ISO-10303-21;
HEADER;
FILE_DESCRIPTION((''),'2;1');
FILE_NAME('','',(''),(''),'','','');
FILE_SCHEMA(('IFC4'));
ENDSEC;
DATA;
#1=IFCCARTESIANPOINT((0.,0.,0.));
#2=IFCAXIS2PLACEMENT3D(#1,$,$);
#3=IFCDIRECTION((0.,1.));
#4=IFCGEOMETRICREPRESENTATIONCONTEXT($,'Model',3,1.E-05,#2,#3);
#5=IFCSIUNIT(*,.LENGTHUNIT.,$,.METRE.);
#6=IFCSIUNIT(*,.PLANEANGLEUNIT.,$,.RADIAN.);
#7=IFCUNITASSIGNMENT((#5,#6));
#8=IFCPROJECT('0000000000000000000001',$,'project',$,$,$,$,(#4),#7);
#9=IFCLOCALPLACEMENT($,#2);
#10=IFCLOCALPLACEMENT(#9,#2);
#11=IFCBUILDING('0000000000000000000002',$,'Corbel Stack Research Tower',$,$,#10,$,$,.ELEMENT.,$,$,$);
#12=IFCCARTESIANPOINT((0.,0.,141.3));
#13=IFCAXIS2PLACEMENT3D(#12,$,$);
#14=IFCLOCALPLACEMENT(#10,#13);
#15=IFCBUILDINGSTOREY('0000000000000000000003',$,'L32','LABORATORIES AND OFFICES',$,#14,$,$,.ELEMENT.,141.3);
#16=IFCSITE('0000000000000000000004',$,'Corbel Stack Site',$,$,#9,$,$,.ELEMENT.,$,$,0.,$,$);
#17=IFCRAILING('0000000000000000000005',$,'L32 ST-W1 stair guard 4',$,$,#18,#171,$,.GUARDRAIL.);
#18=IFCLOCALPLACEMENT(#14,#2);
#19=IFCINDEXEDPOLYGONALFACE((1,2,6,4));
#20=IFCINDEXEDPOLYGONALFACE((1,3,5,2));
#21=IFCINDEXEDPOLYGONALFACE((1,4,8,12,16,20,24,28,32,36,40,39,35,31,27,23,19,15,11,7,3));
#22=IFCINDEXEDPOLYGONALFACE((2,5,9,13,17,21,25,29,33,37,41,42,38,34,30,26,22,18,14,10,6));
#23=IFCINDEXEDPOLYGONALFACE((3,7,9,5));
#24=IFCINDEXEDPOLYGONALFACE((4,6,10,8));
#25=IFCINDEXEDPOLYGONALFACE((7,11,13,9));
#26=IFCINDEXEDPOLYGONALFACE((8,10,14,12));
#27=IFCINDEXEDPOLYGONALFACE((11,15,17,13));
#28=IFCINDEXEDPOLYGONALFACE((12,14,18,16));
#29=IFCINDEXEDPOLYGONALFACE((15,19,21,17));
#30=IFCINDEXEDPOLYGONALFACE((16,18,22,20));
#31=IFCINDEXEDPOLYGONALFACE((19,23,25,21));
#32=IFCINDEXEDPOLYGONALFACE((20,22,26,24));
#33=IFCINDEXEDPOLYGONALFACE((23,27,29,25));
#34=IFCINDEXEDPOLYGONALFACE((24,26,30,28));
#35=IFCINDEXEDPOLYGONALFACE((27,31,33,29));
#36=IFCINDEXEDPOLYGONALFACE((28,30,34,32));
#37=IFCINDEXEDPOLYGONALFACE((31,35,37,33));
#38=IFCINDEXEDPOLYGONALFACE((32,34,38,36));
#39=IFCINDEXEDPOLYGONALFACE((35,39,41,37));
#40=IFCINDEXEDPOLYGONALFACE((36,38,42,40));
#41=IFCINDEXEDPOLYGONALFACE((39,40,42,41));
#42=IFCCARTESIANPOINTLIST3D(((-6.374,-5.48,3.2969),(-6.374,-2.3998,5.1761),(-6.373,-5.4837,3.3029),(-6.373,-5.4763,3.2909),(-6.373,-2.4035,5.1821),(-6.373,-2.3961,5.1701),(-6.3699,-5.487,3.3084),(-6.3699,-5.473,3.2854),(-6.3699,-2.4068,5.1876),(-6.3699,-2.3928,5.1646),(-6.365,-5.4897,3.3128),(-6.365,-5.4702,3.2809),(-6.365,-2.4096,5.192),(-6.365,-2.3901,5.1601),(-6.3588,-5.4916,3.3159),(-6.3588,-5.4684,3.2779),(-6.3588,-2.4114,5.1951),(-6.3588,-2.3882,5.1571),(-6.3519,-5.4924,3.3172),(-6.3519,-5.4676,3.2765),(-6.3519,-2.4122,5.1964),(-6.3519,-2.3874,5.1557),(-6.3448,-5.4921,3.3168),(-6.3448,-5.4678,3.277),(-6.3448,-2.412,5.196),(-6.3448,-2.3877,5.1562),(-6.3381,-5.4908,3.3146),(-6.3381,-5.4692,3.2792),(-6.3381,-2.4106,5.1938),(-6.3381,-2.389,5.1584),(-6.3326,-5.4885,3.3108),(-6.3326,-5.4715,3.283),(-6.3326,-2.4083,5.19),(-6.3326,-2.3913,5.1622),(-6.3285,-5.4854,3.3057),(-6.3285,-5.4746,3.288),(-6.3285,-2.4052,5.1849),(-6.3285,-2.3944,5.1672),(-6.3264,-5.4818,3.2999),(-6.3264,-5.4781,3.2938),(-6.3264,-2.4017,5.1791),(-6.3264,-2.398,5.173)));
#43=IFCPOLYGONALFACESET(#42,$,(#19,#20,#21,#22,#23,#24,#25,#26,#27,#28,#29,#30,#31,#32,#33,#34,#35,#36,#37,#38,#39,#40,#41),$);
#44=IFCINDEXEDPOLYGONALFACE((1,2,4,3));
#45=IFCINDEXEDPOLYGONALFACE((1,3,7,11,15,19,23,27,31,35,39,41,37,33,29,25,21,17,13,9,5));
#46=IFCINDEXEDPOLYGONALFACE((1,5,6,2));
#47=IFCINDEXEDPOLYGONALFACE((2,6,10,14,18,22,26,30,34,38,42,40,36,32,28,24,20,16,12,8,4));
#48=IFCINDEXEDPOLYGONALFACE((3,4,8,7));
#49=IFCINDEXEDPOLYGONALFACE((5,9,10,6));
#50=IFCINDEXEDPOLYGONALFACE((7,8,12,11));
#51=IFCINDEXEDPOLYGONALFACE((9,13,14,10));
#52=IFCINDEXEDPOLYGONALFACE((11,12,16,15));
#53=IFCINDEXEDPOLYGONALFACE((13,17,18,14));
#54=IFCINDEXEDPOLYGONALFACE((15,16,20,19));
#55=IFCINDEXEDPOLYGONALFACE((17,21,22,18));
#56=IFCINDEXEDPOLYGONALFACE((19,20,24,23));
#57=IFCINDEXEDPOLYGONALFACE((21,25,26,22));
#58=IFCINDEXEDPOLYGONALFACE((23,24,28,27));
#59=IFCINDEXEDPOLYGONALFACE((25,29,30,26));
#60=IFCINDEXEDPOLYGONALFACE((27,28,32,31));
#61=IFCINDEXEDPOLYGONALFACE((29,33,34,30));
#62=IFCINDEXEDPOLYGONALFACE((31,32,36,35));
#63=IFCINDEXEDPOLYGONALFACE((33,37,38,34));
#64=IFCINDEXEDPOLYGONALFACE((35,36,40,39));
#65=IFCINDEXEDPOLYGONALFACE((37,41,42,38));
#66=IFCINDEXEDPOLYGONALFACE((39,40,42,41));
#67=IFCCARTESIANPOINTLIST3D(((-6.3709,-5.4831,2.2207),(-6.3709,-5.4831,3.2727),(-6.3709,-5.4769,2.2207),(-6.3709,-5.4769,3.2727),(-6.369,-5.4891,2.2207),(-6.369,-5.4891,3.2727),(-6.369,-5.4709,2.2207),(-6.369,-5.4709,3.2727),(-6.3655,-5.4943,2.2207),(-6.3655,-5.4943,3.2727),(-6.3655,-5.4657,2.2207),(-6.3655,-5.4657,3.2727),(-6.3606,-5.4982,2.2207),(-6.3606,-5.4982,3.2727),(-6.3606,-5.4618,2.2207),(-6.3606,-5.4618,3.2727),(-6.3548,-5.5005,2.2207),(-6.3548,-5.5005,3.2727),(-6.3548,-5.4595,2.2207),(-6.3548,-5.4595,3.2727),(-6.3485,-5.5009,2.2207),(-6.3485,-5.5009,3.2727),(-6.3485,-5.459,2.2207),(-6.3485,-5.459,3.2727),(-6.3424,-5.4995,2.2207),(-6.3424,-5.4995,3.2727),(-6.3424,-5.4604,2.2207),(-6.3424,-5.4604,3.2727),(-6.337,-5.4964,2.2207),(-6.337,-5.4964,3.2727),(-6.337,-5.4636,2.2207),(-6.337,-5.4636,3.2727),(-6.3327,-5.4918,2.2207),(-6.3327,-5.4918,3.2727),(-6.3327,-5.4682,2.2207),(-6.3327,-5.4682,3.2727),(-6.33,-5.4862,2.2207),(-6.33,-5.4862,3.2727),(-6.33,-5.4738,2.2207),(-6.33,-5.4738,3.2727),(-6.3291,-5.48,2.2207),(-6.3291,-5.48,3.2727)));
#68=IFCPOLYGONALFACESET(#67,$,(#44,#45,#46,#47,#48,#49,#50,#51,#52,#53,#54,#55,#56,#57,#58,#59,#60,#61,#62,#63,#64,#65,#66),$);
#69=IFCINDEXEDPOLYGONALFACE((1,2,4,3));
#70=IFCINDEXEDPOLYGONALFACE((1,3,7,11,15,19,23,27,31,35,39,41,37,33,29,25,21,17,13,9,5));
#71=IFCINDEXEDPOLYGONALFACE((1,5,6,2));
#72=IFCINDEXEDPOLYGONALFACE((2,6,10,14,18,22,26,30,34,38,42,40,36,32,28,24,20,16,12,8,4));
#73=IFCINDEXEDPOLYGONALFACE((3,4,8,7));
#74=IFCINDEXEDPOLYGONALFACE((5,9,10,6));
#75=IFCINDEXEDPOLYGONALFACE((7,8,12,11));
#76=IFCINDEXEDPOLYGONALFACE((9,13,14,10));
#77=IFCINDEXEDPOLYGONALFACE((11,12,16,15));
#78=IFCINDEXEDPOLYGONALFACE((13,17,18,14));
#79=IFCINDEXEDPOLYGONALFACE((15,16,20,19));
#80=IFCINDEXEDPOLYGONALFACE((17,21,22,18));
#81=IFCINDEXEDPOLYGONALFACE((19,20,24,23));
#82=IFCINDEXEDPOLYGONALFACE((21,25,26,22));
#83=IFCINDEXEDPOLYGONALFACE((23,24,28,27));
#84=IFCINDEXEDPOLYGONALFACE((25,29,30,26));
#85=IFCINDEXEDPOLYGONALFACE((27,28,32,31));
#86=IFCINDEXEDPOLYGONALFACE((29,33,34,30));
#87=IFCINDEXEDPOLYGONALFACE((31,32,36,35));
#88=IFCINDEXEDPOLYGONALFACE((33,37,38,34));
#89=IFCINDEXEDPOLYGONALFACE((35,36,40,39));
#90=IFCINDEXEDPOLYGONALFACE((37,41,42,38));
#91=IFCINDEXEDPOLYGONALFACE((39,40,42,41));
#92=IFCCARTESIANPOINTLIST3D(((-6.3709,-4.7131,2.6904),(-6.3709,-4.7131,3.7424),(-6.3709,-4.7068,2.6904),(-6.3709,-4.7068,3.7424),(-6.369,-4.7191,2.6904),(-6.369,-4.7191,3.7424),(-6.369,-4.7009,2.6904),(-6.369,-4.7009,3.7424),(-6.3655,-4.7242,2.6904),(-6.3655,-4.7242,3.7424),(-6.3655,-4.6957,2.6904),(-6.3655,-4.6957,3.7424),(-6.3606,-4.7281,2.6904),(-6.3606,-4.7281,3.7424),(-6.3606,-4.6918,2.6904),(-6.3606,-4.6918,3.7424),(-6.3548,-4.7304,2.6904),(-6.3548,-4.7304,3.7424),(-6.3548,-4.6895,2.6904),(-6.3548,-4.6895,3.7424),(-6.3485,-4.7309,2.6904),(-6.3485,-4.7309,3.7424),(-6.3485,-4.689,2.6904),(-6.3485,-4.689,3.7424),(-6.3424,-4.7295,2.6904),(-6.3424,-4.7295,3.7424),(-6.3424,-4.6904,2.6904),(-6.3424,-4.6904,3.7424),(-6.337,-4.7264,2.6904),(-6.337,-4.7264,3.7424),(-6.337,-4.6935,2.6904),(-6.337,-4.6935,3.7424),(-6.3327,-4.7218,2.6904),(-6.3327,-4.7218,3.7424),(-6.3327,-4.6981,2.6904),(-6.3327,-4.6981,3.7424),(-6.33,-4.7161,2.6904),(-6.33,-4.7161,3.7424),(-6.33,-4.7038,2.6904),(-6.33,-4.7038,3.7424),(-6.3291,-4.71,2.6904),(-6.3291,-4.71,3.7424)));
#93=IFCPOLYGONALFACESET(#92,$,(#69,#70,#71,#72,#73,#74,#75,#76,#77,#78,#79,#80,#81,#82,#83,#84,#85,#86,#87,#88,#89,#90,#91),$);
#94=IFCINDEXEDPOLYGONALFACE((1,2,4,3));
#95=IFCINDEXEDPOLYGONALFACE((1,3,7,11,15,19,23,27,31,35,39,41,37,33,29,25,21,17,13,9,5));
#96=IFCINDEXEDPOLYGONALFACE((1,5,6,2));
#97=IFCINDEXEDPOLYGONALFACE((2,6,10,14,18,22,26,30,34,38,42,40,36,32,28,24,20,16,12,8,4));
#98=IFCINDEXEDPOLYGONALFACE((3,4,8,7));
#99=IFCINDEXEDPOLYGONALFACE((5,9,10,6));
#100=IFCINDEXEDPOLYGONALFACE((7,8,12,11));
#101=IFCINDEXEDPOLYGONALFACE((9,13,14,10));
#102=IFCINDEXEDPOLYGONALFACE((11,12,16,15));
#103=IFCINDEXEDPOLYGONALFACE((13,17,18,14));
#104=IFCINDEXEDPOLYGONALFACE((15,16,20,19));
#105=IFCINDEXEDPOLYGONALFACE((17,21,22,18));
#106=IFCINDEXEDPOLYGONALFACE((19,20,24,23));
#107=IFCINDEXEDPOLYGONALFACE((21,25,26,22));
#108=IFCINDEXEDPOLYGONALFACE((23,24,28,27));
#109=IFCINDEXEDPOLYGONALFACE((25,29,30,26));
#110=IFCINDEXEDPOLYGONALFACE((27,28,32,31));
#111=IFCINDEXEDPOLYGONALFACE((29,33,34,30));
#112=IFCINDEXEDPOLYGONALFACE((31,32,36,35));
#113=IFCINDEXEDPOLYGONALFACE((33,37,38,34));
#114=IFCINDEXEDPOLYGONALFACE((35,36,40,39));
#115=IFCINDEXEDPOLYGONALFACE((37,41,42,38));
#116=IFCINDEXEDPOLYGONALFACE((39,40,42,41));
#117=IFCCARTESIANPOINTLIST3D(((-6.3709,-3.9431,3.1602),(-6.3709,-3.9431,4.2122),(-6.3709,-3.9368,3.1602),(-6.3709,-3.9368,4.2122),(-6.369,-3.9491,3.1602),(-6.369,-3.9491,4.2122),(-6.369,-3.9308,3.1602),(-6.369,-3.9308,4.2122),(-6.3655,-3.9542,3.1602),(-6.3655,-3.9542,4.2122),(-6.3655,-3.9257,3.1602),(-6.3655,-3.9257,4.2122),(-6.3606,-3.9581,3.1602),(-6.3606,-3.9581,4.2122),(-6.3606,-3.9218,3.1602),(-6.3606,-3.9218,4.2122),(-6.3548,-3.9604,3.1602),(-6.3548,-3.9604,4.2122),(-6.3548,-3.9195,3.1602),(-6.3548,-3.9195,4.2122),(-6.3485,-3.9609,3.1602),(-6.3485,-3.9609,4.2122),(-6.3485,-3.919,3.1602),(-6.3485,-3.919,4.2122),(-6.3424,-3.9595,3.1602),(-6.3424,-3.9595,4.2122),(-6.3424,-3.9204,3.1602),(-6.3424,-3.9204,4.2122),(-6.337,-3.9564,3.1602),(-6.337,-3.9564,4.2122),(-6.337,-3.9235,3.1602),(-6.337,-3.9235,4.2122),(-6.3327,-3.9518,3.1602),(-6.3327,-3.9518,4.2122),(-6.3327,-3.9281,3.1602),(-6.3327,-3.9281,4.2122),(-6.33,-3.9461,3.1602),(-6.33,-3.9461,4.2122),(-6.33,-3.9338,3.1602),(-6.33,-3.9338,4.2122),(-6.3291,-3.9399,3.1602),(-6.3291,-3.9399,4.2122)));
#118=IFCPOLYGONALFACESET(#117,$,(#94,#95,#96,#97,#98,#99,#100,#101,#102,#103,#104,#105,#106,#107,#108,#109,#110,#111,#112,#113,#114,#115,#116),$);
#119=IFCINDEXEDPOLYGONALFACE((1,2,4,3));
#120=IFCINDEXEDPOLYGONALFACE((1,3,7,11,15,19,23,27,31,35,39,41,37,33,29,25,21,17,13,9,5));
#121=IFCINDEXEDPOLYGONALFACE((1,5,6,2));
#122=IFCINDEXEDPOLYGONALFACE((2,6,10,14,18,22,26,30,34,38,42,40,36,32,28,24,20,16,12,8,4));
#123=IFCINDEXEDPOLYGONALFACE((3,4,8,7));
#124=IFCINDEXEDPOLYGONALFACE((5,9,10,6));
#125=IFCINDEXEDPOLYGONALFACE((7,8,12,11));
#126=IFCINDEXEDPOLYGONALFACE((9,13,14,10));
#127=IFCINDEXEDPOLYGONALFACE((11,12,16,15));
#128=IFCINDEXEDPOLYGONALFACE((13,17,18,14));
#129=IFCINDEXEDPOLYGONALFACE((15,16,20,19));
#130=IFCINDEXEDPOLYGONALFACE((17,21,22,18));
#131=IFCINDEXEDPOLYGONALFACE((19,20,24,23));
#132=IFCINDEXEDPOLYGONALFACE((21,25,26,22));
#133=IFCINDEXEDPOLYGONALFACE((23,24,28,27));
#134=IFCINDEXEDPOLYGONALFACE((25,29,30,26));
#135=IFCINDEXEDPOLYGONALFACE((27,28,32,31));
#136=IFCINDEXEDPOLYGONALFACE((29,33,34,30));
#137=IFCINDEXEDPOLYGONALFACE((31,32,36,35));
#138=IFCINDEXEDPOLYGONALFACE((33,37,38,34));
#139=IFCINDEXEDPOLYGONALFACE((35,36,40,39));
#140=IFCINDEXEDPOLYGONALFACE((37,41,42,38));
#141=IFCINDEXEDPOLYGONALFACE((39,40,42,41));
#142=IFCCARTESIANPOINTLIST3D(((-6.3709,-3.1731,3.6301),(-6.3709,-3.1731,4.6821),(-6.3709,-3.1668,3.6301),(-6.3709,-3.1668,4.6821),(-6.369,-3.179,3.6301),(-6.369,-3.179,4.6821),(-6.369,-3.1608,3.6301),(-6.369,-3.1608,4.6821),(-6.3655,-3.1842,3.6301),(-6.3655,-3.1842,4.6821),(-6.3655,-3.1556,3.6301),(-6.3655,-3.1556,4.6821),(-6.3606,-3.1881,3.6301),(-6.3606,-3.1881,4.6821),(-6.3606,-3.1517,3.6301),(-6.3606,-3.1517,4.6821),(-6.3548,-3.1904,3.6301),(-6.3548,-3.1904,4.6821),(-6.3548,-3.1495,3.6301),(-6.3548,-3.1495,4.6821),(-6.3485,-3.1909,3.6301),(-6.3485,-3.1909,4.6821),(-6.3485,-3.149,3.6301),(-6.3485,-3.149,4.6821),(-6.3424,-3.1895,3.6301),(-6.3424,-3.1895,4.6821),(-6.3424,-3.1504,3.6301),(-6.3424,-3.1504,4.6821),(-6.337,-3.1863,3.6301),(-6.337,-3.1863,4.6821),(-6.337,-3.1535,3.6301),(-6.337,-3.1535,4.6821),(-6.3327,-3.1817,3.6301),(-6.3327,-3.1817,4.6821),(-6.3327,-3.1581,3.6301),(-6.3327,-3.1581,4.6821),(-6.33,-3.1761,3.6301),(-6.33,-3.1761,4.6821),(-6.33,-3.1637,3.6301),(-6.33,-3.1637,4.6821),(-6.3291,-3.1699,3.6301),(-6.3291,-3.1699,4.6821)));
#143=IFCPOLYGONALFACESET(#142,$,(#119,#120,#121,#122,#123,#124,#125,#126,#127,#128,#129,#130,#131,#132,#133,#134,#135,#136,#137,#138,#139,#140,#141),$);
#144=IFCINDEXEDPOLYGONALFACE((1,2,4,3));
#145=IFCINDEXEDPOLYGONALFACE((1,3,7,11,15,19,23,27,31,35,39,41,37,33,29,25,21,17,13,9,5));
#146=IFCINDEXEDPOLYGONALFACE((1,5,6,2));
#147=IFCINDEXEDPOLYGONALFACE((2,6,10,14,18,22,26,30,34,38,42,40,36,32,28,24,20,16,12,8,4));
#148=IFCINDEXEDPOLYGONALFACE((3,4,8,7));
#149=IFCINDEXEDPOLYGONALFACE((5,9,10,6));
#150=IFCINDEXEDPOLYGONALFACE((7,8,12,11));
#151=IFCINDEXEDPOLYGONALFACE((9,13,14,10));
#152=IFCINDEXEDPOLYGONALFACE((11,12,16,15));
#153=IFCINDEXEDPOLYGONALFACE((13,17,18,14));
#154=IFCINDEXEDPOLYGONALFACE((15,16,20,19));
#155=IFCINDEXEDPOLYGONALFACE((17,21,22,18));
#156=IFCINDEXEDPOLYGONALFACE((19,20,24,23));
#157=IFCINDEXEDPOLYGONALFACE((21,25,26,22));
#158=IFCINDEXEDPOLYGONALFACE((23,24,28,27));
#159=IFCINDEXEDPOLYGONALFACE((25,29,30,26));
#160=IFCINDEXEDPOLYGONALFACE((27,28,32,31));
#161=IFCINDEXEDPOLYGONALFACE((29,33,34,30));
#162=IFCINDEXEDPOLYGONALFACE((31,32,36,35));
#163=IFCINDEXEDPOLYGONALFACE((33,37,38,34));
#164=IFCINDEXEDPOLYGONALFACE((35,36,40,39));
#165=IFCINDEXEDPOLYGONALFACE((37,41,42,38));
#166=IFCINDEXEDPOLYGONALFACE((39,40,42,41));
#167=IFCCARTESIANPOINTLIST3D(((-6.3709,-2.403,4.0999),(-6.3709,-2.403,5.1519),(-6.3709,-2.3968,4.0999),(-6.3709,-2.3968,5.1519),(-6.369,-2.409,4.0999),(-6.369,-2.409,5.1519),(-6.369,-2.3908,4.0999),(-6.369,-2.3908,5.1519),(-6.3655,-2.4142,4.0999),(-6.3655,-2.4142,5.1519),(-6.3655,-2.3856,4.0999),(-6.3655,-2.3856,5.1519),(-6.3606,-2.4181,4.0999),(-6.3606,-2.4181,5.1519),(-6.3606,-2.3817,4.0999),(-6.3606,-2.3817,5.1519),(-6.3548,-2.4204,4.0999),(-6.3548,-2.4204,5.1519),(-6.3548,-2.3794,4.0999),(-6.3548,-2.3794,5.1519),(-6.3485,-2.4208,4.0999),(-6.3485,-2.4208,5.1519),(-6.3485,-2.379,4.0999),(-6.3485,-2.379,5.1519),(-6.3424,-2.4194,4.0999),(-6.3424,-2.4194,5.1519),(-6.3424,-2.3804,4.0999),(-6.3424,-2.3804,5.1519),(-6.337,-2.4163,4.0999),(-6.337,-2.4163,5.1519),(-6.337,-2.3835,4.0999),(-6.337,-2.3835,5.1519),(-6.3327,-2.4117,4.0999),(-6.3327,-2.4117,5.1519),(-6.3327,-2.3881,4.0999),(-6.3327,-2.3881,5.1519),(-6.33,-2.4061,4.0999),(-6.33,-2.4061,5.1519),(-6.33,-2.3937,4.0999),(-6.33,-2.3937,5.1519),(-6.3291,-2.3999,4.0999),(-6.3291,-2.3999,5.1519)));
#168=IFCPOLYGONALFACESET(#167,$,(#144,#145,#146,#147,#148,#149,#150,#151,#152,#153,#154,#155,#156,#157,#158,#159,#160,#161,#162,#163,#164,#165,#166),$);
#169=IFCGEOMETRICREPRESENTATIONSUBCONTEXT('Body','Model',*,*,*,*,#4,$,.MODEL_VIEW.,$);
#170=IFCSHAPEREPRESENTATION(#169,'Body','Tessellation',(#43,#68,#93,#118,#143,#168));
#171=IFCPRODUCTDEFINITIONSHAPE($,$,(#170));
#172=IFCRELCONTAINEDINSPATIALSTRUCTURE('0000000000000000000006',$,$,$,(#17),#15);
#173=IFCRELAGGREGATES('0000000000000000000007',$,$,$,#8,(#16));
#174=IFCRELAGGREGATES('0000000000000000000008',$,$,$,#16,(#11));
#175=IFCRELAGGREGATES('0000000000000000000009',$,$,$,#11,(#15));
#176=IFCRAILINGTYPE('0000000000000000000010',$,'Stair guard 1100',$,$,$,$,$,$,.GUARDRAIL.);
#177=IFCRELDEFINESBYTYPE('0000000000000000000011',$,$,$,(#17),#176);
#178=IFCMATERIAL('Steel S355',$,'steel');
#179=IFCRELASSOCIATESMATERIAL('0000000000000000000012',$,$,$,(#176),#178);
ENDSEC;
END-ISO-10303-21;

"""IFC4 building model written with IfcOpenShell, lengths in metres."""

from ifc_helpers import new_model, si_unit, direction, frame, origin, origin_2d, place, context, subcontext, project, spatial, circle, extrude, material, type_object, element, save


model = new_model("IFC4")

# Units and contexts
model_context = context("Model", 3, precision=1e-05, world=origin(), true_north=direction((0.0, 1.0)))
body_context = subcontext(model_context, "Body", "Model", "MODEL_VIEW")
ifc_project = project(units=[si_unit("LENGTHUNIT", "METRE"), si_unit("PLANEANGLEUNIT", "RADIAN")], contexts=[model_context])

# Site, building, storey
site_placement = place(None, origin())
site = spatial("IfcSite", under=ifc_project, at=site_placement, Name="Corbel Stack Site", CompositionType="ELEMENT", RefElevation=0.0)
building_placement = place(site_placement, origin())
building = spatial("IfcBuilding", under=site, at=building_placement, Name="Corbel Stack Research Tower", CompositionType="ELEMENT")
storey_placement = place(building_placement, frame((0.0, 0.0, 141.3)))
storey = spatial("IfcBuildingStorey", under=building, at=storey_placement, Name="L32", Description="LABORATORIES AND OFFICES", CompositionType="ELEMENT", Elevation=141.3)

# Railing
ifc_material_1 = material(Name="Steel S355", Category="steel")
railing_type_1 = type_object("IfcRailingType", Name="Stair guard 1100", PredefinedType="GUARDRAIL", material=ifc_material_1)
railing_1_placement = place(storey_placement, frame((-6.3501, -5.48, 2.2207)))
element("IfcRailing", 1, at=railing_1_placement, inside=storey, type_object=railing_type_1, Name="L32 ST-W1 stair guard 4", PredefinedType="GUARDRAIL", context=body_context, shape_type="SweptSolid", body=[
    extrude(circle(Radius=0.0239, at=origin_2d()), frame((0.0, 0.0, 1.0762), z_axis=(0.0, 0.853666, 0.52082), x_axis=(-1.0, 0.0, 0.0)), (0.0, 0.0, 1.0), 3.6082),
    extrude(circle(Radius=0.021, at=origin_2d()), origin(), (0.0, 0.0, 1.0), 1.052),
    extrude(circle(Radius=0.021, at=origin_2d()), frame((0.0, 0.77, 0.4697)), (0.0, 0.0, 1.0), 1.052),
    extrude(circle(Radius=0.021, at=origin_2d()), frame((0.0, 1.54, 0.9395)), (0.0, 0.0, 1.0), 1.052),
    extrude(circle(Radius=0.021, at=origin_2d()), frame((0.0, 2.3101, 1.4094)), (0.0, 0.0, 1.0), 1.052),
    extrude(circle(Radius=0.021, at=origin_2d()), frame((0.0, 3.0801, 1.8792)), (0.0, 0.0, 1.0), 1.052),
])

save(model, "model.ifc")
